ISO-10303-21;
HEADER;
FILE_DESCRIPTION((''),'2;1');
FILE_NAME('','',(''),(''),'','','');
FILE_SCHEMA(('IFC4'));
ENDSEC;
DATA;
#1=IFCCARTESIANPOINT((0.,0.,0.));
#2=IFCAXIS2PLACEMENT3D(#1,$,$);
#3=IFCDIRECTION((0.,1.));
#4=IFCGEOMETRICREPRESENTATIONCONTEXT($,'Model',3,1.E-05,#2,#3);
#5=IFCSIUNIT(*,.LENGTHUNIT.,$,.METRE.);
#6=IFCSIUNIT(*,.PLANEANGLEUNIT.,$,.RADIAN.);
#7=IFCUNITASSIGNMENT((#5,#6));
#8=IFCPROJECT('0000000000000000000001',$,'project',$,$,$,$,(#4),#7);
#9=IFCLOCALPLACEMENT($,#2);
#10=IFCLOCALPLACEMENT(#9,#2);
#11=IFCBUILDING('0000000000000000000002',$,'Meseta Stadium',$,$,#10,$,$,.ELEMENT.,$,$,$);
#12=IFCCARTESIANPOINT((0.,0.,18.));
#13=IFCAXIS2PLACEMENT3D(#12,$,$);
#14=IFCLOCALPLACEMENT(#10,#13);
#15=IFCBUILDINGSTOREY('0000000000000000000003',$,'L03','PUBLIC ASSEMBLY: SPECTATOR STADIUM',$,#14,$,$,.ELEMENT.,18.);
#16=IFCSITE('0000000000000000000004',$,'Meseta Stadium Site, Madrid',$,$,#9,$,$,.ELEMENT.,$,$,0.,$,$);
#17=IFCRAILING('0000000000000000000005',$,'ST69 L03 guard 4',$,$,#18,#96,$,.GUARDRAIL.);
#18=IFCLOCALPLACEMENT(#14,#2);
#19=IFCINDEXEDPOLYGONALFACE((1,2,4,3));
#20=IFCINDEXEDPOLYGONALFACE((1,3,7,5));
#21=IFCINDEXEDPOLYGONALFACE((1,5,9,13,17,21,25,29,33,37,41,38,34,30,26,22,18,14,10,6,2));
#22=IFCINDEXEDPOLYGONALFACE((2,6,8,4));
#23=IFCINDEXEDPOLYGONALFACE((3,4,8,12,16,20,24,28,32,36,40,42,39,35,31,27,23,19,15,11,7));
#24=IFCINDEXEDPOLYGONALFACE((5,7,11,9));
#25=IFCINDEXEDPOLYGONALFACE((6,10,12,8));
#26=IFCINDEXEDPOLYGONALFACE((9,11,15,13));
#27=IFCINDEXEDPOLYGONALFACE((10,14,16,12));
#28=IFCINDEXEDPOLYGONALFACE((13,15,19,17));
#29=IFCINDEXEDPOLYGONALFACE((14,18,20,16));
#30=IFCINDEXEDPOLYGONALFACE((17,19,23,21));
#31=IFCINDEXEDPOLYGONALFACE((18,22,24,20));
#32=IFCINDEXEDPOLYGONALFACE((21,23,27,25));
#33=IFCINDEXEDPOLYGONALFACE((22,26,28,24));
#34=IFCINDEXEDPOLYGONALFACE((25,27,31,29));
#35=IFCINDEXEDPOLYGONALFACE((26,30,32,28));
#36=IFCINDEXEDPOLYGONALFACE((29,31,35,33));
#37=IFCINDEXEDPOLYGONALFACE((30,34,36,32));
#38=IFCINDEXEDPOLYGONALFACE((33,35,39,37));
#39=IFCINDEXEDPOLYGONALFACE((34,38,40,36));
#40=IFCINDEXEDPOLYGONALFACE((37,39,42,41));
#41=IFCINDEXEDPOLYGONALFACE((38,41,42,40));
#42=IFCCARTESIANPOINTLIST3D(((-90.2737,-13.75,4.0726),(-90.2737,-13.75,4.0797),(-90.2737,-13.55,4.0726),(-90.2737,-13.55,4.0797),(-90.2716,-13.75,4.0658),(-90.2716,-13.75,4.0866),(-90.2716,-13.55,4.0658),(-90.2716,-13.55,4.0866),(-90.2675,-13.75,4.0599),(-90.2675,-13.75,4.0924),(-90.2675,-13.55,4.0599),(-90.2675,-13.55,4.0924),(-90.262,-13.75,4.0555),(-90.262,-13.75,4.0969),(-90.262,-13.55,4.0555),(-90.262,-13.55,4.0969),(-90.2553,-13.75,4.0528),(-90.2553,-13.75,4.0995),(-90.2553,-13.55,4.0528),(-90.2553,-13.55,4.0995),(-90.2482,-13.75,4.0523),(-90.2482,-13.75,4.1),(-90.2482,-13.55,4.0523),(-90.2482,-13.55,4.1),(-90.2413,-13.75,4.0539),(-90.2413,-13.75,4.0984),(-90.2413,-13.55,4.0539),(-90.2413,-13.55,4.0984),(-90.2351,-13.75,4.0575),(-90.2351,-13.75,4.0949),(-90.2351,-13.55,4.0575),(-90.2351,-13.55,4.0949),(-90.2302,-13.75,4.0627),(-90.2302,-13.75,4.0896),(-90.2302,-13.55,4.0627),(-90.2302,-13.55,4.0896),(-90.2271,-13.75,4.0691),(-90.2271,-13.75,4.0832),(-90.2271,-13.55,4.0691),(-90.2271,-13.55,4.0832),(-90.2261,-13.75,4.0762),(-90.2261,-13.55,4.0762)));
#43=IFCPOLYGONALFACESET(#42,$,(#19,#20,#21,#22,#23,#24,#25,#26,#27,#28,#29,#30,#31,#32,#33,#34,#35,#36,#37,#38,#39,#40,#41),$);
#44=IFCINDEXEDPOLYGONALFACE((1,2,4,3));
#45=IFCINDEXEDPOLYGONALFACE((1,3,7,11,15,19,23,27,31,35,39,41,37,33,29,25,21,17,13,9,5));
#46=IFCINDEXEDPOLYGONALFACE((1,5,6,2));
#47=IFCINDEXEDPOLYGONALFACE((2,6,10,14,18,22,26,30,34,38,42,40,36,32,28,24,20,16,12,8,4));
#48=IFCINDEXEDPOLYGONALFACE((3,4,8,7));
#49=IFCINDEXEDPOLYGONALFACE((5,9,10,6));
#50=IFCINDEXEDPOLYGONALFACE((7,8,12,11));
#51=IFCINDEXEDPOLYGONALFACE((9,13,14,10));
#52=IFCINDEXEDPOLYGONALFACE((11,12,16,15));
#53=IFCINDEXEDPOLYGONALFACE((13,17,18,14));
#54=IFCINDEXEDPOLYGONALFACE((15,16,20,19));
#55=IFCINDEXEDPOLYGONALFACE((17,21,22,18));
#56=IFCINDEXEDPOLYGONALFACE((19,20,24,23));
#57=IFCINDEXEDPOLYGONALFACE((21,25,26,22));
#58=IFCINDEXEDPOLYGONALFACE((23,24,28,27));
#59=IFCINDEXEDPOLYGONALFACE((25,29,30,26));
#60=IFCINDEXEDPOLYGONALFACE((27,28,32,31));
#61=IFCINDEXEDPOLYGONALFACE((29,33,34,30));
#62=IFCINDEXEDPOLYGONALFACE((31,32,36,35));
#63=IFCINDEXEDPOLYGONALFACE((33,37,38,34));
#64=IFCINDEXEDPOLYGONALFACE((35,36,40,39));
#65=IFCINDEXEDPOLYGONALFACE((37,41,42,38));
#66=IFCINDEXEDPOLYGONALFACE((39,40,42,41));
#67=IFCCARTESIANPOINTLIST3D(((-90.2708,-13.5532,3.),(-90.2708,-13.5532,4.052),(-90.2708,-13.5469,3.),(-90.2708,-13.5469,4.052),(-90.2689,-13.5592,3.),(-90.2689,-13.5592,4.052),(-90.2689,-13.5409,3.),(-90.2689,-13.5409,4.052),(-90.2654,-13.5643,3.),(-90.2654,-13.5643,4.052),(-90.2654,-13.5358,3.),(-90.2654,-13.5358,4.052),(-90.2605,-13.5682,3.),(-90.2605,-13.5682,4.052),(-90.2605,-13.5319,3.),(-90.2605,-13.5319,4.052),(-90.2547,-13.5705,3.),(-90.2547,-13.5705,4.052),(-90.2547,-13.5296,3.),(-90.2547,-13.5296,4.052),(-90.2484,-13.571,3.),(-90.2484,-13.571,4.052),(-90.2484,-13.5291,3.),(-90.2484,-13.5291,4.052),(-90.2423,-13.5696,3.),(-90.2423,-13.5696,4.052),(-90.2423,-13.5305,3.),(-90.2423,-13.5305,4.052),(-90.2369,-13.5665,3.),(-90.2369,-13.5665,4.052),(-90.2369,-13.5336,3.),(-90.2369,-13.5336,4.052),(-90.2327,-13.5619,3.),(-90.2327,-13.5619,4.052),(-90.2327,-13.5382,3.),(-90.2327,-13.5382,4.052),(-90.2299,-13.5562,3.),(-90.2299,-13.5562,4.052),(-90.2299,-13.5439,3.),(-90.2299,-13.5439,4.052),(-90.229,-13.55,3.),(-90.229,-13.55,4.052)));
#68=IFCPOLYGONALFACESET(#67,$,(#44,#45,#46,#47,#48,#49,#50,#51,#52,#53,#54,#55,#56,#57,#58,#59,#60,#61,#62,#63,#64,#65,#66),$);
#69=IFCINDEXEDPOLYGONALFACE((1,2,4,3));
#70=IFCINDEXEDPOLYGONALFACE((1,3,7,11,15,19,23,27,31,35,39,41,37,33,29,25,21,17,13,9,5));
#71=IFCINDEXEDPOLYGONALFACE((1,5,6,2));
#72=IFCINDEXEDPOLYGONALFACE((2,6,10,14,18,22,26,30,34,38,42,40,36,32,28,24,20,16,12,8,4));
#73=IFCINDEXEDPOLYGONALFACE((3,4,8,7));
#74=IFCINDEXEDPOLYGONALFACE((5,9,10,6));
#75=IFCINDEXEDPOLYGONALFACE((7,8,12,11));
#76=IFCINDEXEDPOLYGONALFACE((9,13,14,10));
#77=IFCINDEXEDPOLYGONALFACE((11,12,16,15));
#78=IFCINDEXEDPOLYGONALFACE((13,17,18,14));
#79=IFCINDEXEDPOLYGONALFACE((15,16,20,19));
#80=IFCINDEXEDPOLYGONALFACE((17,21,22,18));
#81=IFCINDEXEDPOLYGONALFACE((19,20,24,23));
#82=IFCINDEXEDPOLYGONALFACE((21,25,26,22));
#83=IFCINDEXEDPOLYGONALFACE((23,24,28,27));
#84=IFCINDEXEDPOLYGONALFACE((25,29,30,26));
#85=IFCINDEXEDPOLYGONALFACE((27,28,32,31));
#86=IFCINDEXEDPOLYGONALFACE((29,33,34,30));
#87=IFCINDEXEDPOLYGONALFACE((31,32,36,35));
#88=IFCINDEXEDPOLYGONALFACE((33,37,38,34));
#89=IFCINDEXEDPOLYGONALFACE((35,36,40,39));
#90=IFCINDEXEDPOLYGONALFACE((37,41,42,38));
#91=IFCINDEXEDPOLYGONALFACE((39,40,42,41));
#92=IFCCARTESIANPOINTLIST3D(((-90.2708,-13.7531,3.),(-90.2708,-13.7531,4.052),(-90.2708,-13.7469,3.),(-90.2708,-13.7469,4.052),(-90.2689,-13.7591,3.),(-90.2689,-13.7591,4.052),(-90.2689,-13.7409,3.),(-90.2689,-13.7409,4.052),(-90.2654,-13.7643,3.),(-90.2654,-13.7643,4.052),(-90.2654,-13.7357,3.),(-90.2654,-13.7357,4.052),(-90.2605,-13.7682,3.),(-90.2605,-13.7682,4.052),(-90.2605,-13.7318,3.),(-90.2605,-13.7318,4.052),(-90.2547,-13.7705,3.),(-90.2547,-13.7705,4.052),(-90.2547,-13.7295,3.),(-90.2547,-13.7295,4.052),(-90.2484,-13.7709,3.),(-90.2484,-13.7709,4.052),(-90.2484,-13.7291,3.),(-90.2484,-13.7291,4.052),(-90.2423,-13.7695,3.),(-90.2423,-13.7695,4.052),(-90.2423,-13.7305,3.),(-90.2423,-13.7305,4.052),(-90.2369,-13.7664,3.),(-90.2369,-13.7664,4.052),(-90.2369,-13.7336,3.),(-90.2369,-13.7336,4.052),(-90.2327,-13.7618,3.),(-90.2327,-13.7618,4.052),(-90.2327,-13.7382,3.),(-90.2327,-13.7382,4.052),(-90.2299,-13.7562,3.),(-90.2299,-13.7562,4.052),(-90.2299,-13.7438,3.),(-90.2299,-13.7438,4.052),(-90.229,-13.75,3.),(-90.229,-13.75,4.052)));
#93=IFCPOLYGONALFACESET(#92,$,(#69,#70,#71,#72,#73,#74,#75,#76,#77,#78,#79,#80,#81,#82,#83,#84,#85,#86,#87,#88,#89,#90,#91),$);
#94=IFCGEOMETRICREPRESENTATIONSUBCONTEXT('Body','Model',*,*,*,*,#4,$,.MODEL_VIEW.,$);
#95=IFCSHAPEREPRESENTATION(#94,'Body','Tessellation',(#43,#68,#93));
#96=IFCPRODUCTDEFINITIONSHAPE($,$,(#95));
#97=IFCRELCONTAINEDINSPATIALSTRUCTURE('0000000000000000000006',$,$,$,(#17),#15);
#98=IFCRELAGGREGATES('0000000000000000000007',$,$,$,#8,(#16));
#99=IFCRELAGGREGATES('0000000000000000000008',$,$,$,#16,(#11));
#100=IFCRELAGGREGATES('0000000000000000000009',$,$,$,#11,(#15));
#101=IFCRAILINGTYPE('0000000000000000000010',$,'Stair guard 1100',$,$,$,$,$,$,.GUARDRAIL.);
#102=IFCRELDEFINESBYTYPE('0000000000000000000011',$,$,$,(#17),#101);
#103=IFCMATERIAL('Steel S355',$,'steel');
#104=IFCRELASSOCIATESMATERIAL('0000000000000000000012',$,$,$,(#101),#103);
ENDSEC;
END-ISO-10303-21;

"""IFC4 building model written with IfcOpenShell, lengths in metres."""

from ifc_helpers import new_model, si_unit, direction, frame, origin, origin_2d, place, context, subcontext, project, spatial, circle, extrude, material, type_object, element, save


model = new_model("IFC4")

# Units and contexts
model_context = context("Model", 3, precision=1e-05, world=origin(), true_north=direction((0.0, 1.0)))
body_context = subcontext(model_context, "Body", "Model", "MODEL_VIEW")
ifc_project = project(units=[si_unit("LENGTHUNIT", "METRE"), si_unit("PLANEANGLEUNIT", "RADIAN")], contexts=[model_context])

# Site, building, storey
site_placement = place(None, origin())
site = spatial("IfcSite", under=ifc_project, at=site_placement, Name="Meseta Stadium Site, Madrid", CompositionType="ELEMENT", RefElevation=0.0)
building_placement = place(site_placement, origin())
building = spatial("IfcBuilding", under=site, at=building_placement, Name="Meseta Stadium", CompositionType="ELEMENT")
storey_placement = place(building_placement, frame((0.0, 0.0, 18.0)))
storey = spatial("IfcBuildingStorey", under=building, at=storey_placement, Name="L03", Description="PUBLIC ASSEMBLY: SPECTATOR STADIUM", CompositionType="ELEMENT", Elevation=18.0)

# Railing
ifc_material_1 = material(Name="Steel S355", Category="steel")
railing_type_1 = type_object("IfcRailingType", Name="Stair guard 1100", PredefinedType="GUARDRAIL", material=ifc_material_1)
railing_1_placement = place(storey_placement, frame((-90.25, -13.55, 3.0)))
element("IfcRailing", 1, at=railing_1_placement, inside=storey, type_object=railing_type_1, Name="ST69 L03 guard 4", PredefinedType="GUARDRAIL", context=body_context, shape_type="SweptSolid", body=[
    extrude(circle(Radius=0.0239, at=origin_2d()), frame((0.0, 0.0, 1.0762), z_axis=(0.0, -1.0, 0.0), x_axis=(1.0, 0.0, 0.0)), (0.0, 0.0, 1.0), 0.2),
    extrude(circle(Radius=0.021, at=origin_2d()), origin(), (0.0, 0.0, 1.0), 1.052),
    extrude(circle(Radius=0.021, at=origin_2d()), frame((0.0, -0.2, 0.0)), (0.0, 0.0, 1.0), 1.052),
])

save(model, "model.ifc")
